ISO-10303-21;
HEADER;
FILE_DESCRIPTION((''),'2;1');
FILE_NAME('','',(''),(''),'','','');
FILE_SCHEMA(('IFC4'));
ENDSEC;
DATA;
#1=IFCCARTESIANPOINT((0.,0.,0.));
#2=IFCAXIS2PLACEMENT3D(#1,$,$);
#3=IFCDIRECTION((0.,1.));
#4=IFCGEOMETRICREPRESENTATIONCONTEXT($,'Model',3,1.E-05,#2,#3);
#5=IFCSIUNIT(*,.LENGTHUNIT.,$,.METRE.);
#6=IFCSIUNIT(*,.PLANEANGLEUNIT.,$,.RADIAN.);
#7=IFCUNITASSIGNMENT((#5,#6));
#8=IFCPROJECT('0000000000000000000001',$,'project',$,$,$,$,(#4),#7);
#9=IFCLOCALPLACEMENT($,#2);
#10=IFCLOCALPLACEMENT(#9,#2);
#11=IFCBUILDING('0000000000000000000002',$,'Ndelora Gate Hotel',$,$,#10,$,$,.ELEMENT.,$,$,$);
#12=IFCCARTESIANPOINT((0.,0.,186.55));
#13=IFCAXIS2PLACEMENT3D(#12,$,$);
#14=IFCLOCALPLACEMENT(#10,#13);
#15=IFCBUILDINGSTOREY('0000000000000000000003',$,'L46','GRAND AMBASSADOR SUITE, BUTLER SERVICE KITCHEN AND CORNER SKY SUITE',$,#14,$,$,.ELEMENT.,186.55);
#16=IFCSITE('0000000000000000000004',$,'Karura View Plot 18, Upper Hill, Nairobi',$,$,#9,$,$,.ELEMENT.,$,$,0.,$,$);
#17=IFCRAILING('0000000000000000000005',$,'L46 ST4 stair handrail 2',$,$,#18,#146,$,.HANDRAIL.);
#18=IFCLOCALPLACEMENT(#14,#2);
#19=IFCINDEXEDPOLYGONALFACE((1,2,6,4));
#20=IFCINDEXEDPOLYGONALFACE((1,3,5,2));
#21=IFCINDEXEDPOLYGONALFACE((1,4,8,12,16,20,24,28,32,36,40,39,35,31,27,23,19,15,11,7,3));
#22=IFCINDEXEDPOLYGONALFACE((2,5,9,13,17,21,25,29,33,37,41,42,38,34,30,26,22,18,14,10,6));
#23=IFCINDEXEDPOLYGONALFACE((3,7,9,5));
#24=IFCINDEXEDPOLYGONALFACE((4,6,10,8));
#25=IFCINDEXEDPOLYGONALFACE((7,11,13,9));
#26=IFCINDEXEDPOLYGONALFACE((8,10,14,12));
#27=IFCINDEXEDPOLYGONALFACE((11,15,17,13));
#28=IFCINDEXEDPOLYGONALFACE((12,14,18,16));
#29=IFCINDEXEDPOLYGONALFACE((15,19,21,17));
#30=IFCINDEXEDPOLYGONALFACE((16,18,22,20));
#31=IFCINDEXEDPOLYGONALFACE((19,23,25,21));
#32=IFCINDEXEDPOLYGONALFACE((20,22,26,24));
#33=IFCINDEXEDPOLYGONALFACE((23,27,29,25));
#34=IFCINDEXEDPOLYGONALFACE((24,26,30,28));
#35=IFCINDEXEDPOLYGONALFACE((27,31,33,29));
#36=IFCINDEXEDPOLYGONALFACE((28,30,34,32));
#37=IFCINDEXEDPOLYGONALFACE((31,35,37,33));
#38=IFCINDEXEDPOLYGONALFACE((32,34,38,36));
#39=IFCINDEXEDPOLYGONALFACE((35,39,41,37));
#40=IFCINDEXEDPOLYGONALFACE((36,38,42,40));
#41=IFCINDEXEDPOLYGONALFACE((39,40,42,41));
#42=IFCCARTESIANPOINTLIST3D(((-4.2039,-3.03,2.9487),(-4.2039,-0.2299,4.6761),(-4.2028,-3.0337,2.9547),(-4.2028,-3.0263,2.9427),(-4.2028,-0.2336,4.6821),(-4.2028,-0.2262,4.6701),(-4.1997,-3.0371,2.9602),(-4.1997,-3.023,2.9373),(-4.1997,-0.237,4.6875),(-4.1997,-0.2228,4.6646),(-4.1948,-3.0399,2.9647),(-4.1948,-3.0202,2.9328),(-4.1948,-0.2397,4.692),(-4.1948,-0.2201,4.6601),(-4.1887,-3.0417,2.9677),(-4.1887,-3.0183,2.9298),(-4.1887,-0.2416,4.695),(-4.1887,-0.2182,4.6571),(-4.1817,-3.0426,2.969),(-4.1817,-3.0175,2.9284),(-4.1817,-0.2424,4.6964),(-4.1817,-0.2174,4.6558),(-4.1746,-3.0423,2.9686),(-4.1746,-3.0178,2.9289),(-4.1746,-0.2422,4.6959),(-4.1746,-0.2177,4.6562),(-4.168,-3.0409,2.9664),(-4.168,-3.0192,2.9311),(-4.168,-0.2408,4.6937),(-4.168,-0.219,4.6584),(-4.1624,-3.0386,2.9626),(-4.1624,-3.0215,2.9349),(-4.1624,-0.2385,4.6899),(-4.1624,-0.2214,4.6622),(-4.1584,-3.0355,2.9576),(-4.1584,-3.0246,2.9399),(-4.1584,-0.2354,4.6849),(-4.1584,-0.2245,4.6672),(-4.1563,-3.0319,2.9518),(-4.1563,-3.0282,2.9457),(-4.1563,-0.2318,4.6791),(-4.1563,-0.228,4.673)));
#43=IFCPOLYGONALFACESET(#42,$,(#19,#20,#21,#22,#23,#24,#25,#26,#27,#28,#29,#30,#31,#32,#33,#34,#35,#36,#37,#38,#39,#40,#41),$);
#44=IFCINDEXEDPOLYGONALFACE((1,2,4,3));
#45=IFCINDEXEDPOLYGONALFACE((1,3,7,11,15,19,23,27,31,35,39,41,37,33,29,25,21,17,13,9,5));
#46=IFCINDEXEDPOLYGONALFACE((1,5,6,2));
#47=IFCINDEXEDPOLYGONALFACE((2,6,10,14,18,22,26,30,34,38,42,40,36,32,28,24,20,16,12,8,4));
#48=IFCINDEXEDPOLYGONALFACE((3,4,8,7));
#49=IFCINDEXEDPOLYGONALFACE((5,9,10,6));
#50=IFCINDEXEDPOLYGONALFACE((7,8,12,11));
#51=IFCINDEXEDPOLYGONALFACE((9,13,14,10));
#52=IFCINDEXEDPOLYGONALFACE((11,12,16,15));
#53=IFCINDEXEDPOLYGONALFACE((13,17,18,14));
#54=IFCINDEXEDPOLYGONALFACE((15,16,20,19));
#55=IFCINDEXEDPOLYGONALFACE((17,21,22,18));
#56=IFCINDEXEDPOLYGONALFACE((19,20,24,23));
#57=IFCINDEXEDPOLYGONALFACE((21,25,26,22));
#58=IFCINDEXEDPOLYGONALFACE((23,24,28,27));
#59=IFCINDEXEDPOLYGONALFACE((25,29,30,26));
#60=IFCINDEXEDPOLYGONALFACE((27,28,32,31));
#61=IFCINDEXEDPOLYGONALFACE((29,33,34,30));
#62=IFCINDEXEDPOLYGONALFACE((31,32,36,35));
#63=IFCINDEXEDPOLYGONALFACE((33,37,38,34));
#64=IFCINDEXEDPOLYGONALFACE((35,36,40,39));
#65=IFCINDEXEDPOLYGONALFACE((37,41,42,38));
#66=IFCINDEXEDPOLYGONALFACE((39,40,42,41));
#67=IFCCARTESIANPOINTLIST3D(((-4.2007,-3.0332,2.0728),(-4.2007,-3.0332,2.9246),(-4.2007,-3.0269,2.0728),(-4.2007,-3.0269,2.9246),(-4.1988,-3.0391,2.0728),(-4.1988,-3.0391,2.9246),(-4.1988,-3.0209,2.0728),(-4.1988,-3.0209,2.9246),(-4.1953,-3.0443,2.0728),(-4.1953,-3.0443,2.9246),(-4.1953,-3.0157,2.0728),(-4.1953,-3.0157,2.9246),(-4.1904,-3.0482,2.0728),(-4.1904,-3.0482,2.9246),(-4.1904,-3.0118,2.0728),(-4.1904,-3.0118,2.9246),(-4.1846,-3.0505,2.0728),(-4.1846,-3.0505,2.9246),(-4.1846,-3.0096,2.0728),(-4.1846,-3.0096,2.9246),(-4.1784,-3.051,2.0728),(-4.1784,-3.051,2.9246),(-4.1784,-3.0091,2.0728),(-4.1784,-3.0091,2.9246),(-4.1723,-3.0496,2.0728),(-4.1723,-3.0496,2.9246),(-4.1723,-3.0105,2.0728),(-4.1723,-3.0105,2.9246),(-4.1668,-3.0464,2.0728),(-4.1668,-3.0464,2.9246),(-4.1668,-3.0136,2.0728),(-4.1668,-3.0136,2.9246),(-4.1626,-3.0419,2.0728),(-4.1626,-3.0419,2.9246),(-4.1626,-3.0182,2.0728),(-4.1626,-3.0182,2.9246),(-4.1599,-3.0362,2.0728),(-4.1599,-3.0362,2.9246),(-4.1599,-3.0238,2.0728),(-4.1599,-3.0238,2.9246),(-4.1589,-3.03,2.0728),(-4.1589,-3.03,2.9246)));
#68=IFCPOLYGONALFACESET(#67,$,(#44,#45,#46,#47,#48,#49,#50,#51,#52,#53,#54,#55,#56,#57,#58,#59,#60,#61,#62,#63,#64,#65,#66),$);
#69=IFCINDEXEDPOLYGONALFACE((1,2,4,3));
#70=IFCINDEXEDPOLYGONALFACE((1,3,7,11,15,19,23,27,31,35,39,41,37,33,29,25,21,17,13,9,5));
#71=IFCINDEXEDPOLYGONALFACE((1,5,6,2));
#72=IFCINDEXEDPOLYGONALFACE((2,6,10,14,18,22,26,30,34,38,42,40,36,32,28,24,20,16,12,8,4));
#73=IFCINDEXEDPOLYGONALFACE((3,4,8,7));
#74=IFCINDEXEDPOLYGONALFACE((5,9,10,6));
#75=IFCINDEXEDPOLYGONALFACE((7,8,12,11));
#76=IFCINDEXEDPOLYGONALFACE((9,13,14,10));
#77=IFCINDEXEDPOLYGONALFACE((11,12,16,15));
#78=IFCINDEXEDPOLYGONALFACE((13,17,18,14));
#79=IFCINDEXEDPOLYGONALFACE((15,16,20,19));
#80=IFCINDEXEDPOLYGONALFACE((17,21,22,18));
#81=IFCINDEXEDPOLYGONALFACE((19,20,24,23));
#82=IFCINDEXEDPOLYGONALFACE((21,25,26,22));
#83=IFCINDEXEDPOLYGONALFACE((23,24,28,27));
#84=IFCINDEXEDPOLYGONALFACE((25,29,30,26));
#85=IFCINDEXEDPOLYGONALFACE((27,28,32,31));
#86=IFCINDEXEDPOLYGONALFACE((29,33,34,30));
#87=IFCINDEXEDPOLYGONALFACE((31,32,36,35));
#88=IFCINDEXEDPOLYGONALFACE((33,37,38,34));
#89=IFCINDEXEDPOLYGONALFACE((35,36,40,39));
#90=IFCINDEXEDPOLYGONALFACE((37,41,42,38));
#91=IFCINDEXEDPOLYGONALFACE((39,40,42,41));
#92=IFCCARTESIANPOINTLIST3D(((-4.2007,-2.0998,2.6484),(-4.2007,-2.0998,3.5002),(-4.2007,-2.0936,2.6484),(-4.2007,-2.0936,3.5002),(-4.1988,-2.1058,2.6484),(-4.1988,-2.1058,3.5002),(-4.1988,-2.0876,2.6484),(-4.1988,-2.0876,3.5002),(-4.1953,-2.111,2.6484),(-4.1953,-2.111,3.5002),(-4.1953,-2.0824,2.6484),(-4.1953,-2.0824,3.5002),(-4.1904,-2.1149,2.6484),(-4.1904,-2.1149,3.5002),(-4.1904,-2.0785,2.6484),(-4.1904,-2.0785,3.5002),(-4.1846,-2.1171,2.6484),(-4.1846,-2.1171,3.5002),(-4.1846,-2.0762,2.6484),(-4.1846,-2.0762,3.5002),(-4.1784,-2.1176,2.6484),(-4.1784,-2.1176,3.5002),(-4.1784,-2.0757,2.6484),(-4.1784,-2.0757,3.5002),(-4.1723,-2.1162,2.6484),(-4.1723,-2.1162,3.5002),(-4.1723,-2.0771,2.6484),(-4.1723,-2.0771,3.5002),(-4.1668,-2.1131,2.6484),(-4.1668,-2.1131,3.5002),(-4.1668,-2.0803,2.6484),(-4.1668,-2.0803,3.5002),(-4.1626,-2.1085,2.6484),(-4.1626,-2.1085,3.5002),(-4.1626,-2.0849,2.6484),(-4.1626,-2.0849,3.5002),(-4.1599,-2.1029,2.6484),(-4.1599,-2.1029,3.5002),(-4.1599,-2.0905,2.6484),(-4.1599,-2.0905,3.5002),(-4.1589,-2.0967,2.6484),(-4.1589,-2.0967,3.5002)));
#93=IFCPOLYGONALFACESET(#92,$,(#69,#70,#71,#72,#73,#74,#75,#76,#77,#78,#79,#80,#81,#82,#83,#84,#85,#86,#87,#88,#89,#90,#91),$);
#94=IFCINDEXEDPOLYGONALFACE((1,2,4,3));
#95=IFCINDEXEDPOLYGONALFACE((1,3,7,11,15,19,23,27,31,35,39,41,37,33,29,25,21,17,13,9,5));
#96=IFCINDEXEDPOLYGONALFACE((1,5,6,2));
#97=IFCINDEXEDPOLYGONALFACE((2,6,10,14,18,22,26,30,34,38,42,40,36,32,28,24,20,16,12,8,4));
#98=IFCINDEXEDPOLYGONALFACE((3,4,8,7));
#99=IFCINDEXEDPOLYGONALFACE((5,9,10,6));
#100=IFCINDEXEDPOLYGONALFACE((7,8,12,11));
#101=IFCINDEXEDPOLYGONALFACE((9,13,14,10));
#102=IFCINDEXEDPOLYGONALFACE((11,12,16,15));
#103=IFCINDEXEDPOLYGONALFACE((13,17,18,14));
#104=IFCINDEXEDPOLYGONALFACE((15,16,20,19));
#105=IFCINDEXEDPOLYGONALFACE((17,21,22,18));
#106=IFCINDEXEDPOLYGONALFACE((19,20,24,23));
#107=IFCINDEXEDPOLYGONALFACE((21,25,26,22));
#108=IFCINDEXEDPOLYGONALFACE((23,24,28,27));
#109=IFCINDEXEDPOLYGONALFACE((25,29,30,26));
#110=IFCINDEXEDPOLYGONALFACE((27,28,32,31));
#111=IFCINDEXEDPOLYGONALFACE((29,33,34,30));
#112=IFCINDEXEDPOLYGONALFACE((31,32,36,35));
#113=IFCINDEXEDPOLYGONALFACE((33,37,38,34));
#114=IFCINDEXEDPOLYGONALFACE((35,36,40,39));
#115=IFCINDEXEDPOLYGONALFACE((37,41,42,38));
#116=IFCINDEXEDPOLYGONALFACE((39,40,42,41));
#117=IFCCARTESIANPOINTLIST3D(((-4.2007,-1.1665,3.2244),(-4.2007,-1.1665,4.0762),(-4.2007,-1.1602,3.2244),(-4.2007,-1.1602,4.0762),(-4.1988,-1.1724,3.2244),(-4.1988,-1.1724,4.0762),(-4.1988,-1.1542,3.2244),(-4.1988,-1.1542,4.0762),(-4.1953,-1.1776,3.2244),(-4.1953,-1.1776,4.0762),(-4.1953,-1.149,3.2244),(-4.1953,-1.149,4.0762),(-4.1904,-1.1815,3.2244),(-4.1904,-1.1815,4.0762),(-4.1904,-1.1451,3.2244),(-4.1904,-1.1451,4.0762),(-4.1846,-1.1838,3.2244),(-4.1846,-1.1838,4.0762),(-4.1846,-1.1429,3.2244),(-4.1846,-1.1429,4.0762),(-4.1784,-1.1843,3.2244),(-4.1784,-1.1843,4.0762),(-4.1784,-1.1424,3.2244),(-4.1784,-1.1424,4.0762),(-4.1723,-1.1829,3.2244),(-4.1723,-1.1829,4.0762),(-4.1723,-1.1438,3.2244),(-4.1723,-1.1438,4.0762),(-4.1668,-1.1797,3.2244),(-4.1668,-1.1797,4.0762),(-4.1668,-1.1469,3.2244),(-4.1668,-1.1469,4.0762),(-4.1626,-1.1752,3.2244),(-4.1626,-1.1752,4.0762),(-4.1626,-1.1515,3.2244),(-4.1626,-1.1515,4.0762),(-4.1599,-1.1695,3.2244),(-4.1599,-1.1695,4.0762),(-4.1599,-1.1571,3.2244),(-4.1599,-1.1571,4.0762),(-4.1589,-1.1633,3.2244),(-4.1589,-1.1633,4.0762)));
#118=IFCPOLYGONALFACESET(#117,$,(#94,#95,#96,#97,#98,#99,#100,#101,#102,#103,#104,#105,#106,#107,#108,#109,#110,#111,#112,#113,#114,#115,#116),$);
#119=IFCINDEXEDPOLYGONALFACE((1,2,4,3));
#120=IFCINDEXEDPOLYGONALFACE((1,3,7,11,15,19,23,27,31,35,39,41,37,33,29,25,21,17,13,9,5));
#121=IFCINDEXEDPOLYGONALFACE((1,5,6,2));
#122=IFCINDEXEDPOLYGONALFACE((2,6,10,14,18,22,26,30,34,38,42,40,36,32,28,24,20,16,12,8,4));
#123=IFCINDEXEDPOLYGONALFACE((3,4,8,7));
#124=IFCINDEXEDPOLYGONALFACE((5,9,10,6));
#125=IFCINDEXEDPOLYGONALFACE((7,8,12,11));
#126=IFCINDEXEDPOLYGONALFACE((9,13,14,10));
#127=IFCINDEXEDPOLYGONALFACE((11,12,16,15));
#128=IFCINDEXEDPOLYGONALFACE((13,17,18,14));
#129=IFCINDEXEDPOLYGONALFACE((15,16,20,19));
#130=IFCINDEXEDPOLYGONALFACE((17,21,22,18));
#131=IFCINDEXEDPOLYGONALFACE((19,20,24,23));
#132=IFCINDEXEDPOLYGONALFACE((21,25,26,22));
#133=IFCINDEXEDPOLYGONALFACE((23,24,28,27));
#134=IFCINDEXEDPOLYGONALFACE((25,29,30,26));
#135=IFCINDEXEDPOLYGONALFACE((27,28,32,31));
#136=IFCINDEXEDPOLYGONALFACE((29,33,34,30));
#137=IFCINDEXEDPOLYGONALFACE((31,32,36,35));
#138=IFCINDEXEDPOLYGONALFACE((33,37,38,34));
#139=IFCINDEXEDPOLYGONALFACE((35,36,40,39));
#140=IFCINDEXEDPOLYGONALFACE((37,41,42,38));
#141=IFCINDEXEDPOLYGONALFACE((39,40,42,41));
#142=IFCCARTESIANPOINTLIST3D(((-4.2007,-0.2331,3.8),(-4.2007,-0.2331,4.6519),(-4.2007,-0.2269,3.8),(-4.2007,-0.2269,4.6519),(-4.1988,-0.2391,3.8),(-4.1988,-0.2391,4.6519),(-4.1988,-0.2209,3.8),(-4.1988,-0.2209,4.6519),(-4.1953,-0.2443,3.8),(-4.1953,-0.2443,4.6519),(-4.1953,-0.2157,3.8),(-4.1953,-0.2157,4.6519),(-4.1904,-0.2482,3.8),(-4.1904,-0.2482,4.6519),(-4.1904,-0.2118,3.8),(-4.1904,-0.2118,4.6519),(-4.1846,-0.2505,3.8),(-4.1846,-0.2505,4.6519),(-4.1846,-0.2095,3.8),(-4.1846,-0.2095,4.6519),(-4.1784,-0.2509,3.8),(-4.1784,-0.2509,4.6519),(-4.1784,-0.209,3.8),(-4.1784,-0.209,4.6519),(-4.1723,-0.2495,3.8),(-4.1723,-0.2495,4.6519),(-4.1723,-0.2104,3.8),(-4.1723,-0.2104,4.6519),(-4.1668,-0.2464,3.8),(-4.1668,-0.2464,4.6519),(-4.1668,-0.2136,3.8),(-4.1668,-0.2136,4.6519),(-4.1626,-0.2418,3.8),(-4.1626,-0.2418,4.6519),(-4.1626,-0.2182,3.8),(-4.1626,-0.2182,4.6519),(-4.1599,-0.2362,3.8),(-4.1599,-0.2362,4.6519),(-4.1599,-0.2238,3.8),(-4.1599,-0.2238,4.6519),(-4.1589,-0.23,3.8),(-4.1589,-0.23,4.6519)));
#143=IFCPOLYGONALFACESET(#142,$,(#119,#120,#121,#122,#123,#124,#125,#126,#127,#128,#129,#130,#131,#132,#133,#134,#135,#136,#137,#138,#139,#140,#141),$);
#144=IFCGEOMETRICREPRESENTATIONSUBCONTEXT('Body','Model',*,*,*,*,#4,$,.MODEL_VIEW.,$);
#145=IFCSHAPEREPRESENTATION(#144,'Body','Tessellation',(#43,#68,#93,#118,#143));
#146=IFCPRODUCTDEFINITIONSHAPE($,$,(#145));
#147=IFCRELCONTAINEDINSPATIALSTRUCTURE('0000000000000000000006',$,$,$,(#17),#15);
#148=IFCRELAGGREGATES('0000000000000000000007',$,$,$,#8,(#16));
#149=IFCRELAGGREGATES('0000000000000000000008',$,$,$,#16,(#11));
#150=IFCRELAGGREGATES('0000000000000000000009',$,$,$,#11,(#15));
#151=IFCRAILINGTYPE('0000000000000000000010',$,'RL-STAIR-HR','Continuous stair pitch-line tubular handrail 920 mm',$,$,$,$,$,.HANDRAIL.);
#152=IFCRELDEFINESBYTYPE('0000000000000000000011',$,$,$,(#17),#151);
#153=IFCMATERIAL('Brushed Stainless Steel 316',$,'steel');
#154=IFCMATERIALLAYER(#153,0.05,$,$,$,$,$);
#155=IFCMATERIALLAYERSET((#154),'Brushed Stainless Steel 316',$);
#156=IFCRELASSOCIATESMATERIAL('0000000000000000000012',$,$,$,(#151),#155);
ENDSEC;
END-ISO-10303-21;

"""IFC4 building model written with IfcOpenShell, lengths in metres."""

from ifc_helpers import new_model, si_unit, direction, frame, origin, origin_2d, place, context, subcontext, project, spatial, circle, extrude, material, layer, layer_set, type_object, element, save


model = new_model("IFC4")

# Units and contexts
model_context = context("Model", 3, precision=1e-05, world=origin(), true_north=direction((0.0, 1.0)))
body_context = subcontext(model_context, "Body", "Model", "MODEL_VIEW")
ifc_project = project(units=[si_unit("LENGTHUNIT", "METRE"), si_unit("PLANEANGLEUNIT", "RADIAN")], contexts=[model_context])

# Site, building, storey
site_placement = place(None, origin())
site = spatial("IfcSite", under=ifc_project, at=site_placement, Name="Karura View Plot 18, Upper Hill, Nairobi", CompositionType="ELEMENT", RefElevation=0.0)
building_placement = place(site_placement, origin())
building = spatial("IfcBuilding", under=site, at=building_placement, Name="Ndelora Gate Hotel", CompositionType="ELEMENT")
storey_placement = place(building_placement, frame((0.0, 0.0, 186.55)))
storey = spatial("IfcBuildingStorey", under=building, at=storey_placement, Name="L46", Description="GRAND AMBASSADOR SUITE, BUTLER SERVICE KITCHEN AND CORNER SKY SUITE", CompositionType="ELEMENT", Elevation=186.55)

# Railing
ifc_material_1 = material(Name="Brushed Stainless Steel 316", Category="steel")
ifc_layer_1 = layer(ifc_material_1, 0.05)
ifc_layer_set_1 = layer_set([ifc_layer_1], Name="Brushed Stainless Steel 316")
railing_type_1 = type_object("IfcRailingType", Name="RL-STAIR-HR", Description="Continuous stair pitch-line tubular handrail 920 mm", PredefinedType="HANDRAIL", material=ifc_layer_set_1)
railing_1_placement = place(storey_placement, frame((-4.1799, -3.03, 2.0728)))
element("IfcRailing", 1, at=railing_1_placement, inside=storey, type_object=railing_type_1, Name="L46 ST4 stair handrail 2", PredefinedType="HANDRAIL", context=body_context, shape_type="SweptSolid", body=[
    extrude(circle(Radius=0.0239, at=origin_2d()), frame((0.0, 0.0, 0.876), z_axis=(0.0, 0.85109, 0.52502), x_axis=(-1.0, 0.0, 0.0)), (0.0, 0.0, 1.0), 3.29),
    extrude(circle(Radius=0.021, at=origin_2d()), origin(), (0.0, 0.0, 1.0), 0.8518),
    extrude(circle(Radius=0.021, at=origin_2d()), frame((0.0, 0.9333, 0.5757)), (0.0, 0.0, 1.0), 0.8518),
    extrude(circle(Radius=0.021, at=origin_2d()), frame((0.0, 1.8667, 1.1516)), (0.0, 0.0, 1.0), 0.8518),
    extrude(circle(Radius=0.021, at=origin_2d()), frame((0.0, 2.8, 1.7273)), (0.0, 0.0, 1.0), 0.8518),
])

save(model, "model.ifc")
